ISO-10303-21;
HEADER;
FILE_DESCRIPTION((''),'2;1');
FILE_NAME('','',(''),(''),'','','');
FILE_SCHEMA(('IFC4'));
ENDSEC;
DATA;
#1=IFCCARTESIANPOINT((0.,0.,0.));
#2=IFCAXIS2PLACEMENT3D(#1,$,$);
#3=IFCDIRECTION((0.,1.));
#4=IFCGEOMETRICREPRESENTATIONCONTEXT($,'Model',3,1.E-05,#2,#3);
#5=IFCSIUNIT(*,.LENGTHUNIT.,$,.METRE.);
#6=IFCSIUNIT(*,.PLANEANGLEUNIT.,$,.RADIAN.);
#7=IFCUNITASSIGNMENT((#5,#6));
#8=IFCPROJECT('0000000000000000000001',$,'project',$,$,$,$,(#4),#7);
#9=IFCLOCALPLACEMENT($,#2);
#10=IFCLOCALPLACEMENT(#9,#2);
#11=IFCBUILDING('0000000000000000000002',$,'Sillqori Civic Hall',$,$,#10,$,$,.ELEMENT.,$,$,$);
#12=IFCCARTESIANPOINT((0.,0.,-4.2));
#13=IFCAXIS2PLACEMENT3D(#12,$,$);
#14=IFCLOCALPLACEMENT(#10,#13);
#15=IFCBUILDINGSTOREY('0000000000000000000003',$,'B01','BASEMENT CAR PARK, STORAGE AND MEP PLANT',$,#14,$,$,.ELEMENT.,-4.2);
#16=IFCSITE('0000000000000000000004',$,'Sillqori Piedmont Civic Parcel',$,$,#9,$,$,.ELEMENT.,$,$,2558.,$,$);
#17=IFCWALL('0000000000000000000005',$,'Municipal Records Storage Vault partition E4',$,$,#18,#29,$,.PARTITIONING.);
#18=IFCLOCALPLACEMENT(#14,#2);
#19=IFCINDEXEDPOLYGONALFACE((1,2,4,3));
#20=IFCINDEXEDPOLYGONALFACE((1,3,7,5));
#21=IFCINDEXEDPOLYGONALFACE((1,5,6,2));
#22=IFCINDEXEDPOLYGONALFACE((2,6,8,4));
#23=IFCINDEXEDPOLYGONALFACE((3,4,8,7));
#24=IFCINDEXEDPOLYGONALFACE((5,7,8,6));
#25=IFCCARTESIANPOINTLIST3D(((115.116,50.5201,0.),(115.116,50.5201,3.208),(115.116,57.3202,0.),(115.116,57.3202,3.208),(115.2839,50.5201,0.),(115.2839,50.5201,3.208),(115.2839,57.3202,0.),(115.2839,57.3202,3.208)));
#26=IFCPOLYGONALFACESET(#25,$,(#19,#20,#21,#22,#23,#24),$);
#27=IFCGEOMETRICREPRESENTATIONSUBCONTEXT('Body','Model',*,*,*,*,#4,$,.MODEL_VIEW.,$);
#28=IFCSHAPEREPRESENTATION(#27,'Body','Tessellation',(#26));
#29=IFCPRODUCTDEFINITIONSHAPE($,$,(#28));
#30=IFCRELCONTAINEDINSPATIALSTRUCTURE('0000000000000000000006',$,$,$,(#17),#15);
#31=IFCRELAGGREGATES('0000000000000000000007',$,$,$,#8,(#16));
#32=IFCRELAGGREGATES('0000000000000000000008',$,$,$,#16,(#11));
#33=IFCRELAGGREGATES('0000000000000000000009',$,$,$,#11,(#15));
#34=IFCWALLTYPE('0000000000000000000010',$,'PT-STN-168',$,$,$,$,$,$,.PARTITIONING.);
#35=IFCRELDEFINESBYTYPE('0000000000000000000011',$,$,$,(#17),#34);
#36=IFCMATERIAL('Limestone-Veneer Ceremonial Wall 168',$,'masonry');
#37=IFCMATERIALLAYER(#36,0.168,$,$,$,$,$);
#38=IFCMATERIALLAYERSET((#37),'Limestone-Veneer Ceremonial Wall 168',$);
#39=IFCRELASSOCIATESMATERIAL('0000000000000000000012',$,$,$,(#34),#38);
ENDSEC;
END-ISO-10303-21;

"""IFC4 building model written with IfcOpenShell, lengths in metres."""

from ifc_helpers import new_model, si_unit, direction, frame, frame_2d, origin, place, context, subcontext, project, spatial, rectangle, extrude, material, layer, layer_set, type_object, element, save


model = new_model("IFC4")

# Units and contexts
model_context = context("Model", 3, precision=1e-05, world=origin(), true_north=direction((0.0, 1.0)))
body_context = subcontext(model_context, "Body", "Model", "MODEL_VIEW")
ifc_project = project(units=[si_unit("LENGTHUNIT", "METRE"), si_unit("PLANEANGLEUNIT", "RADIAN")], contexts=[model_context])

# Site, building, storey
site_placement = place(None, origin())
site = spatial("IfcSite", under=ifc_project, at=site_placement, Name="Sillqori Piedmont Civic Parcel", CompositionType="ELEMENT", RefElevation=2558.0)
building_placement = place(site_placement, origin())
building = spatial("IfcBuilding", under=site, at=building_placement, Name="Sillqori Civic Hall", CompositionType="ELEMENT")
storey_placement = place(building_placement, frame((0.0, 0.0, -4.2)))
storey = spatial("IfcBuildingStorey", under=building, at=storey_placement, Name="B01", Description="BASEMENT CAR PARK, STORAGE AND MEP PLANT", CompositionType="ELEMENT", Elevation=-4.2)

# Wall
ifc_material_1 = material(Name="Limestone-Veneer Ceremonial Wall 168", Category="masonry")
ifc_layer_1 = layer(ifc_material_1, 0.168)
ifc_layer_set_1 = layer_set([ifc_layer_1], Name="Limestone-Veneer Ceremonial Wall 168")
wall_type_1 = type_object("IfcWallType", Name="PT-STN-168", PredefinedType="PARTITIONING", material=ifc_layer_set_1)
wall_1_placement = place(storey_placement, frame((115.2, 57.3201, 0.0), z_axis=(0.0, 0.0, 1.0), x_axis=(0.0, -1.0, 0.0)))
element("IfcWall", 1, at=wall_1_placement, inside=storey, type_object=wall_type_1, Name="Municipal Records Storage Vault partition E4", PredefinedType="PARTITIONING", context=body_context, shape_type="SweptSolid", body=[
    extrude(rectangle(XDim=6.8, YDim=0.168, at=frame_2d((3.3999, 0.0))), origin(), (0.0, 0.0, 1.0), 3.208),
])

save(model, "model.ifc")
